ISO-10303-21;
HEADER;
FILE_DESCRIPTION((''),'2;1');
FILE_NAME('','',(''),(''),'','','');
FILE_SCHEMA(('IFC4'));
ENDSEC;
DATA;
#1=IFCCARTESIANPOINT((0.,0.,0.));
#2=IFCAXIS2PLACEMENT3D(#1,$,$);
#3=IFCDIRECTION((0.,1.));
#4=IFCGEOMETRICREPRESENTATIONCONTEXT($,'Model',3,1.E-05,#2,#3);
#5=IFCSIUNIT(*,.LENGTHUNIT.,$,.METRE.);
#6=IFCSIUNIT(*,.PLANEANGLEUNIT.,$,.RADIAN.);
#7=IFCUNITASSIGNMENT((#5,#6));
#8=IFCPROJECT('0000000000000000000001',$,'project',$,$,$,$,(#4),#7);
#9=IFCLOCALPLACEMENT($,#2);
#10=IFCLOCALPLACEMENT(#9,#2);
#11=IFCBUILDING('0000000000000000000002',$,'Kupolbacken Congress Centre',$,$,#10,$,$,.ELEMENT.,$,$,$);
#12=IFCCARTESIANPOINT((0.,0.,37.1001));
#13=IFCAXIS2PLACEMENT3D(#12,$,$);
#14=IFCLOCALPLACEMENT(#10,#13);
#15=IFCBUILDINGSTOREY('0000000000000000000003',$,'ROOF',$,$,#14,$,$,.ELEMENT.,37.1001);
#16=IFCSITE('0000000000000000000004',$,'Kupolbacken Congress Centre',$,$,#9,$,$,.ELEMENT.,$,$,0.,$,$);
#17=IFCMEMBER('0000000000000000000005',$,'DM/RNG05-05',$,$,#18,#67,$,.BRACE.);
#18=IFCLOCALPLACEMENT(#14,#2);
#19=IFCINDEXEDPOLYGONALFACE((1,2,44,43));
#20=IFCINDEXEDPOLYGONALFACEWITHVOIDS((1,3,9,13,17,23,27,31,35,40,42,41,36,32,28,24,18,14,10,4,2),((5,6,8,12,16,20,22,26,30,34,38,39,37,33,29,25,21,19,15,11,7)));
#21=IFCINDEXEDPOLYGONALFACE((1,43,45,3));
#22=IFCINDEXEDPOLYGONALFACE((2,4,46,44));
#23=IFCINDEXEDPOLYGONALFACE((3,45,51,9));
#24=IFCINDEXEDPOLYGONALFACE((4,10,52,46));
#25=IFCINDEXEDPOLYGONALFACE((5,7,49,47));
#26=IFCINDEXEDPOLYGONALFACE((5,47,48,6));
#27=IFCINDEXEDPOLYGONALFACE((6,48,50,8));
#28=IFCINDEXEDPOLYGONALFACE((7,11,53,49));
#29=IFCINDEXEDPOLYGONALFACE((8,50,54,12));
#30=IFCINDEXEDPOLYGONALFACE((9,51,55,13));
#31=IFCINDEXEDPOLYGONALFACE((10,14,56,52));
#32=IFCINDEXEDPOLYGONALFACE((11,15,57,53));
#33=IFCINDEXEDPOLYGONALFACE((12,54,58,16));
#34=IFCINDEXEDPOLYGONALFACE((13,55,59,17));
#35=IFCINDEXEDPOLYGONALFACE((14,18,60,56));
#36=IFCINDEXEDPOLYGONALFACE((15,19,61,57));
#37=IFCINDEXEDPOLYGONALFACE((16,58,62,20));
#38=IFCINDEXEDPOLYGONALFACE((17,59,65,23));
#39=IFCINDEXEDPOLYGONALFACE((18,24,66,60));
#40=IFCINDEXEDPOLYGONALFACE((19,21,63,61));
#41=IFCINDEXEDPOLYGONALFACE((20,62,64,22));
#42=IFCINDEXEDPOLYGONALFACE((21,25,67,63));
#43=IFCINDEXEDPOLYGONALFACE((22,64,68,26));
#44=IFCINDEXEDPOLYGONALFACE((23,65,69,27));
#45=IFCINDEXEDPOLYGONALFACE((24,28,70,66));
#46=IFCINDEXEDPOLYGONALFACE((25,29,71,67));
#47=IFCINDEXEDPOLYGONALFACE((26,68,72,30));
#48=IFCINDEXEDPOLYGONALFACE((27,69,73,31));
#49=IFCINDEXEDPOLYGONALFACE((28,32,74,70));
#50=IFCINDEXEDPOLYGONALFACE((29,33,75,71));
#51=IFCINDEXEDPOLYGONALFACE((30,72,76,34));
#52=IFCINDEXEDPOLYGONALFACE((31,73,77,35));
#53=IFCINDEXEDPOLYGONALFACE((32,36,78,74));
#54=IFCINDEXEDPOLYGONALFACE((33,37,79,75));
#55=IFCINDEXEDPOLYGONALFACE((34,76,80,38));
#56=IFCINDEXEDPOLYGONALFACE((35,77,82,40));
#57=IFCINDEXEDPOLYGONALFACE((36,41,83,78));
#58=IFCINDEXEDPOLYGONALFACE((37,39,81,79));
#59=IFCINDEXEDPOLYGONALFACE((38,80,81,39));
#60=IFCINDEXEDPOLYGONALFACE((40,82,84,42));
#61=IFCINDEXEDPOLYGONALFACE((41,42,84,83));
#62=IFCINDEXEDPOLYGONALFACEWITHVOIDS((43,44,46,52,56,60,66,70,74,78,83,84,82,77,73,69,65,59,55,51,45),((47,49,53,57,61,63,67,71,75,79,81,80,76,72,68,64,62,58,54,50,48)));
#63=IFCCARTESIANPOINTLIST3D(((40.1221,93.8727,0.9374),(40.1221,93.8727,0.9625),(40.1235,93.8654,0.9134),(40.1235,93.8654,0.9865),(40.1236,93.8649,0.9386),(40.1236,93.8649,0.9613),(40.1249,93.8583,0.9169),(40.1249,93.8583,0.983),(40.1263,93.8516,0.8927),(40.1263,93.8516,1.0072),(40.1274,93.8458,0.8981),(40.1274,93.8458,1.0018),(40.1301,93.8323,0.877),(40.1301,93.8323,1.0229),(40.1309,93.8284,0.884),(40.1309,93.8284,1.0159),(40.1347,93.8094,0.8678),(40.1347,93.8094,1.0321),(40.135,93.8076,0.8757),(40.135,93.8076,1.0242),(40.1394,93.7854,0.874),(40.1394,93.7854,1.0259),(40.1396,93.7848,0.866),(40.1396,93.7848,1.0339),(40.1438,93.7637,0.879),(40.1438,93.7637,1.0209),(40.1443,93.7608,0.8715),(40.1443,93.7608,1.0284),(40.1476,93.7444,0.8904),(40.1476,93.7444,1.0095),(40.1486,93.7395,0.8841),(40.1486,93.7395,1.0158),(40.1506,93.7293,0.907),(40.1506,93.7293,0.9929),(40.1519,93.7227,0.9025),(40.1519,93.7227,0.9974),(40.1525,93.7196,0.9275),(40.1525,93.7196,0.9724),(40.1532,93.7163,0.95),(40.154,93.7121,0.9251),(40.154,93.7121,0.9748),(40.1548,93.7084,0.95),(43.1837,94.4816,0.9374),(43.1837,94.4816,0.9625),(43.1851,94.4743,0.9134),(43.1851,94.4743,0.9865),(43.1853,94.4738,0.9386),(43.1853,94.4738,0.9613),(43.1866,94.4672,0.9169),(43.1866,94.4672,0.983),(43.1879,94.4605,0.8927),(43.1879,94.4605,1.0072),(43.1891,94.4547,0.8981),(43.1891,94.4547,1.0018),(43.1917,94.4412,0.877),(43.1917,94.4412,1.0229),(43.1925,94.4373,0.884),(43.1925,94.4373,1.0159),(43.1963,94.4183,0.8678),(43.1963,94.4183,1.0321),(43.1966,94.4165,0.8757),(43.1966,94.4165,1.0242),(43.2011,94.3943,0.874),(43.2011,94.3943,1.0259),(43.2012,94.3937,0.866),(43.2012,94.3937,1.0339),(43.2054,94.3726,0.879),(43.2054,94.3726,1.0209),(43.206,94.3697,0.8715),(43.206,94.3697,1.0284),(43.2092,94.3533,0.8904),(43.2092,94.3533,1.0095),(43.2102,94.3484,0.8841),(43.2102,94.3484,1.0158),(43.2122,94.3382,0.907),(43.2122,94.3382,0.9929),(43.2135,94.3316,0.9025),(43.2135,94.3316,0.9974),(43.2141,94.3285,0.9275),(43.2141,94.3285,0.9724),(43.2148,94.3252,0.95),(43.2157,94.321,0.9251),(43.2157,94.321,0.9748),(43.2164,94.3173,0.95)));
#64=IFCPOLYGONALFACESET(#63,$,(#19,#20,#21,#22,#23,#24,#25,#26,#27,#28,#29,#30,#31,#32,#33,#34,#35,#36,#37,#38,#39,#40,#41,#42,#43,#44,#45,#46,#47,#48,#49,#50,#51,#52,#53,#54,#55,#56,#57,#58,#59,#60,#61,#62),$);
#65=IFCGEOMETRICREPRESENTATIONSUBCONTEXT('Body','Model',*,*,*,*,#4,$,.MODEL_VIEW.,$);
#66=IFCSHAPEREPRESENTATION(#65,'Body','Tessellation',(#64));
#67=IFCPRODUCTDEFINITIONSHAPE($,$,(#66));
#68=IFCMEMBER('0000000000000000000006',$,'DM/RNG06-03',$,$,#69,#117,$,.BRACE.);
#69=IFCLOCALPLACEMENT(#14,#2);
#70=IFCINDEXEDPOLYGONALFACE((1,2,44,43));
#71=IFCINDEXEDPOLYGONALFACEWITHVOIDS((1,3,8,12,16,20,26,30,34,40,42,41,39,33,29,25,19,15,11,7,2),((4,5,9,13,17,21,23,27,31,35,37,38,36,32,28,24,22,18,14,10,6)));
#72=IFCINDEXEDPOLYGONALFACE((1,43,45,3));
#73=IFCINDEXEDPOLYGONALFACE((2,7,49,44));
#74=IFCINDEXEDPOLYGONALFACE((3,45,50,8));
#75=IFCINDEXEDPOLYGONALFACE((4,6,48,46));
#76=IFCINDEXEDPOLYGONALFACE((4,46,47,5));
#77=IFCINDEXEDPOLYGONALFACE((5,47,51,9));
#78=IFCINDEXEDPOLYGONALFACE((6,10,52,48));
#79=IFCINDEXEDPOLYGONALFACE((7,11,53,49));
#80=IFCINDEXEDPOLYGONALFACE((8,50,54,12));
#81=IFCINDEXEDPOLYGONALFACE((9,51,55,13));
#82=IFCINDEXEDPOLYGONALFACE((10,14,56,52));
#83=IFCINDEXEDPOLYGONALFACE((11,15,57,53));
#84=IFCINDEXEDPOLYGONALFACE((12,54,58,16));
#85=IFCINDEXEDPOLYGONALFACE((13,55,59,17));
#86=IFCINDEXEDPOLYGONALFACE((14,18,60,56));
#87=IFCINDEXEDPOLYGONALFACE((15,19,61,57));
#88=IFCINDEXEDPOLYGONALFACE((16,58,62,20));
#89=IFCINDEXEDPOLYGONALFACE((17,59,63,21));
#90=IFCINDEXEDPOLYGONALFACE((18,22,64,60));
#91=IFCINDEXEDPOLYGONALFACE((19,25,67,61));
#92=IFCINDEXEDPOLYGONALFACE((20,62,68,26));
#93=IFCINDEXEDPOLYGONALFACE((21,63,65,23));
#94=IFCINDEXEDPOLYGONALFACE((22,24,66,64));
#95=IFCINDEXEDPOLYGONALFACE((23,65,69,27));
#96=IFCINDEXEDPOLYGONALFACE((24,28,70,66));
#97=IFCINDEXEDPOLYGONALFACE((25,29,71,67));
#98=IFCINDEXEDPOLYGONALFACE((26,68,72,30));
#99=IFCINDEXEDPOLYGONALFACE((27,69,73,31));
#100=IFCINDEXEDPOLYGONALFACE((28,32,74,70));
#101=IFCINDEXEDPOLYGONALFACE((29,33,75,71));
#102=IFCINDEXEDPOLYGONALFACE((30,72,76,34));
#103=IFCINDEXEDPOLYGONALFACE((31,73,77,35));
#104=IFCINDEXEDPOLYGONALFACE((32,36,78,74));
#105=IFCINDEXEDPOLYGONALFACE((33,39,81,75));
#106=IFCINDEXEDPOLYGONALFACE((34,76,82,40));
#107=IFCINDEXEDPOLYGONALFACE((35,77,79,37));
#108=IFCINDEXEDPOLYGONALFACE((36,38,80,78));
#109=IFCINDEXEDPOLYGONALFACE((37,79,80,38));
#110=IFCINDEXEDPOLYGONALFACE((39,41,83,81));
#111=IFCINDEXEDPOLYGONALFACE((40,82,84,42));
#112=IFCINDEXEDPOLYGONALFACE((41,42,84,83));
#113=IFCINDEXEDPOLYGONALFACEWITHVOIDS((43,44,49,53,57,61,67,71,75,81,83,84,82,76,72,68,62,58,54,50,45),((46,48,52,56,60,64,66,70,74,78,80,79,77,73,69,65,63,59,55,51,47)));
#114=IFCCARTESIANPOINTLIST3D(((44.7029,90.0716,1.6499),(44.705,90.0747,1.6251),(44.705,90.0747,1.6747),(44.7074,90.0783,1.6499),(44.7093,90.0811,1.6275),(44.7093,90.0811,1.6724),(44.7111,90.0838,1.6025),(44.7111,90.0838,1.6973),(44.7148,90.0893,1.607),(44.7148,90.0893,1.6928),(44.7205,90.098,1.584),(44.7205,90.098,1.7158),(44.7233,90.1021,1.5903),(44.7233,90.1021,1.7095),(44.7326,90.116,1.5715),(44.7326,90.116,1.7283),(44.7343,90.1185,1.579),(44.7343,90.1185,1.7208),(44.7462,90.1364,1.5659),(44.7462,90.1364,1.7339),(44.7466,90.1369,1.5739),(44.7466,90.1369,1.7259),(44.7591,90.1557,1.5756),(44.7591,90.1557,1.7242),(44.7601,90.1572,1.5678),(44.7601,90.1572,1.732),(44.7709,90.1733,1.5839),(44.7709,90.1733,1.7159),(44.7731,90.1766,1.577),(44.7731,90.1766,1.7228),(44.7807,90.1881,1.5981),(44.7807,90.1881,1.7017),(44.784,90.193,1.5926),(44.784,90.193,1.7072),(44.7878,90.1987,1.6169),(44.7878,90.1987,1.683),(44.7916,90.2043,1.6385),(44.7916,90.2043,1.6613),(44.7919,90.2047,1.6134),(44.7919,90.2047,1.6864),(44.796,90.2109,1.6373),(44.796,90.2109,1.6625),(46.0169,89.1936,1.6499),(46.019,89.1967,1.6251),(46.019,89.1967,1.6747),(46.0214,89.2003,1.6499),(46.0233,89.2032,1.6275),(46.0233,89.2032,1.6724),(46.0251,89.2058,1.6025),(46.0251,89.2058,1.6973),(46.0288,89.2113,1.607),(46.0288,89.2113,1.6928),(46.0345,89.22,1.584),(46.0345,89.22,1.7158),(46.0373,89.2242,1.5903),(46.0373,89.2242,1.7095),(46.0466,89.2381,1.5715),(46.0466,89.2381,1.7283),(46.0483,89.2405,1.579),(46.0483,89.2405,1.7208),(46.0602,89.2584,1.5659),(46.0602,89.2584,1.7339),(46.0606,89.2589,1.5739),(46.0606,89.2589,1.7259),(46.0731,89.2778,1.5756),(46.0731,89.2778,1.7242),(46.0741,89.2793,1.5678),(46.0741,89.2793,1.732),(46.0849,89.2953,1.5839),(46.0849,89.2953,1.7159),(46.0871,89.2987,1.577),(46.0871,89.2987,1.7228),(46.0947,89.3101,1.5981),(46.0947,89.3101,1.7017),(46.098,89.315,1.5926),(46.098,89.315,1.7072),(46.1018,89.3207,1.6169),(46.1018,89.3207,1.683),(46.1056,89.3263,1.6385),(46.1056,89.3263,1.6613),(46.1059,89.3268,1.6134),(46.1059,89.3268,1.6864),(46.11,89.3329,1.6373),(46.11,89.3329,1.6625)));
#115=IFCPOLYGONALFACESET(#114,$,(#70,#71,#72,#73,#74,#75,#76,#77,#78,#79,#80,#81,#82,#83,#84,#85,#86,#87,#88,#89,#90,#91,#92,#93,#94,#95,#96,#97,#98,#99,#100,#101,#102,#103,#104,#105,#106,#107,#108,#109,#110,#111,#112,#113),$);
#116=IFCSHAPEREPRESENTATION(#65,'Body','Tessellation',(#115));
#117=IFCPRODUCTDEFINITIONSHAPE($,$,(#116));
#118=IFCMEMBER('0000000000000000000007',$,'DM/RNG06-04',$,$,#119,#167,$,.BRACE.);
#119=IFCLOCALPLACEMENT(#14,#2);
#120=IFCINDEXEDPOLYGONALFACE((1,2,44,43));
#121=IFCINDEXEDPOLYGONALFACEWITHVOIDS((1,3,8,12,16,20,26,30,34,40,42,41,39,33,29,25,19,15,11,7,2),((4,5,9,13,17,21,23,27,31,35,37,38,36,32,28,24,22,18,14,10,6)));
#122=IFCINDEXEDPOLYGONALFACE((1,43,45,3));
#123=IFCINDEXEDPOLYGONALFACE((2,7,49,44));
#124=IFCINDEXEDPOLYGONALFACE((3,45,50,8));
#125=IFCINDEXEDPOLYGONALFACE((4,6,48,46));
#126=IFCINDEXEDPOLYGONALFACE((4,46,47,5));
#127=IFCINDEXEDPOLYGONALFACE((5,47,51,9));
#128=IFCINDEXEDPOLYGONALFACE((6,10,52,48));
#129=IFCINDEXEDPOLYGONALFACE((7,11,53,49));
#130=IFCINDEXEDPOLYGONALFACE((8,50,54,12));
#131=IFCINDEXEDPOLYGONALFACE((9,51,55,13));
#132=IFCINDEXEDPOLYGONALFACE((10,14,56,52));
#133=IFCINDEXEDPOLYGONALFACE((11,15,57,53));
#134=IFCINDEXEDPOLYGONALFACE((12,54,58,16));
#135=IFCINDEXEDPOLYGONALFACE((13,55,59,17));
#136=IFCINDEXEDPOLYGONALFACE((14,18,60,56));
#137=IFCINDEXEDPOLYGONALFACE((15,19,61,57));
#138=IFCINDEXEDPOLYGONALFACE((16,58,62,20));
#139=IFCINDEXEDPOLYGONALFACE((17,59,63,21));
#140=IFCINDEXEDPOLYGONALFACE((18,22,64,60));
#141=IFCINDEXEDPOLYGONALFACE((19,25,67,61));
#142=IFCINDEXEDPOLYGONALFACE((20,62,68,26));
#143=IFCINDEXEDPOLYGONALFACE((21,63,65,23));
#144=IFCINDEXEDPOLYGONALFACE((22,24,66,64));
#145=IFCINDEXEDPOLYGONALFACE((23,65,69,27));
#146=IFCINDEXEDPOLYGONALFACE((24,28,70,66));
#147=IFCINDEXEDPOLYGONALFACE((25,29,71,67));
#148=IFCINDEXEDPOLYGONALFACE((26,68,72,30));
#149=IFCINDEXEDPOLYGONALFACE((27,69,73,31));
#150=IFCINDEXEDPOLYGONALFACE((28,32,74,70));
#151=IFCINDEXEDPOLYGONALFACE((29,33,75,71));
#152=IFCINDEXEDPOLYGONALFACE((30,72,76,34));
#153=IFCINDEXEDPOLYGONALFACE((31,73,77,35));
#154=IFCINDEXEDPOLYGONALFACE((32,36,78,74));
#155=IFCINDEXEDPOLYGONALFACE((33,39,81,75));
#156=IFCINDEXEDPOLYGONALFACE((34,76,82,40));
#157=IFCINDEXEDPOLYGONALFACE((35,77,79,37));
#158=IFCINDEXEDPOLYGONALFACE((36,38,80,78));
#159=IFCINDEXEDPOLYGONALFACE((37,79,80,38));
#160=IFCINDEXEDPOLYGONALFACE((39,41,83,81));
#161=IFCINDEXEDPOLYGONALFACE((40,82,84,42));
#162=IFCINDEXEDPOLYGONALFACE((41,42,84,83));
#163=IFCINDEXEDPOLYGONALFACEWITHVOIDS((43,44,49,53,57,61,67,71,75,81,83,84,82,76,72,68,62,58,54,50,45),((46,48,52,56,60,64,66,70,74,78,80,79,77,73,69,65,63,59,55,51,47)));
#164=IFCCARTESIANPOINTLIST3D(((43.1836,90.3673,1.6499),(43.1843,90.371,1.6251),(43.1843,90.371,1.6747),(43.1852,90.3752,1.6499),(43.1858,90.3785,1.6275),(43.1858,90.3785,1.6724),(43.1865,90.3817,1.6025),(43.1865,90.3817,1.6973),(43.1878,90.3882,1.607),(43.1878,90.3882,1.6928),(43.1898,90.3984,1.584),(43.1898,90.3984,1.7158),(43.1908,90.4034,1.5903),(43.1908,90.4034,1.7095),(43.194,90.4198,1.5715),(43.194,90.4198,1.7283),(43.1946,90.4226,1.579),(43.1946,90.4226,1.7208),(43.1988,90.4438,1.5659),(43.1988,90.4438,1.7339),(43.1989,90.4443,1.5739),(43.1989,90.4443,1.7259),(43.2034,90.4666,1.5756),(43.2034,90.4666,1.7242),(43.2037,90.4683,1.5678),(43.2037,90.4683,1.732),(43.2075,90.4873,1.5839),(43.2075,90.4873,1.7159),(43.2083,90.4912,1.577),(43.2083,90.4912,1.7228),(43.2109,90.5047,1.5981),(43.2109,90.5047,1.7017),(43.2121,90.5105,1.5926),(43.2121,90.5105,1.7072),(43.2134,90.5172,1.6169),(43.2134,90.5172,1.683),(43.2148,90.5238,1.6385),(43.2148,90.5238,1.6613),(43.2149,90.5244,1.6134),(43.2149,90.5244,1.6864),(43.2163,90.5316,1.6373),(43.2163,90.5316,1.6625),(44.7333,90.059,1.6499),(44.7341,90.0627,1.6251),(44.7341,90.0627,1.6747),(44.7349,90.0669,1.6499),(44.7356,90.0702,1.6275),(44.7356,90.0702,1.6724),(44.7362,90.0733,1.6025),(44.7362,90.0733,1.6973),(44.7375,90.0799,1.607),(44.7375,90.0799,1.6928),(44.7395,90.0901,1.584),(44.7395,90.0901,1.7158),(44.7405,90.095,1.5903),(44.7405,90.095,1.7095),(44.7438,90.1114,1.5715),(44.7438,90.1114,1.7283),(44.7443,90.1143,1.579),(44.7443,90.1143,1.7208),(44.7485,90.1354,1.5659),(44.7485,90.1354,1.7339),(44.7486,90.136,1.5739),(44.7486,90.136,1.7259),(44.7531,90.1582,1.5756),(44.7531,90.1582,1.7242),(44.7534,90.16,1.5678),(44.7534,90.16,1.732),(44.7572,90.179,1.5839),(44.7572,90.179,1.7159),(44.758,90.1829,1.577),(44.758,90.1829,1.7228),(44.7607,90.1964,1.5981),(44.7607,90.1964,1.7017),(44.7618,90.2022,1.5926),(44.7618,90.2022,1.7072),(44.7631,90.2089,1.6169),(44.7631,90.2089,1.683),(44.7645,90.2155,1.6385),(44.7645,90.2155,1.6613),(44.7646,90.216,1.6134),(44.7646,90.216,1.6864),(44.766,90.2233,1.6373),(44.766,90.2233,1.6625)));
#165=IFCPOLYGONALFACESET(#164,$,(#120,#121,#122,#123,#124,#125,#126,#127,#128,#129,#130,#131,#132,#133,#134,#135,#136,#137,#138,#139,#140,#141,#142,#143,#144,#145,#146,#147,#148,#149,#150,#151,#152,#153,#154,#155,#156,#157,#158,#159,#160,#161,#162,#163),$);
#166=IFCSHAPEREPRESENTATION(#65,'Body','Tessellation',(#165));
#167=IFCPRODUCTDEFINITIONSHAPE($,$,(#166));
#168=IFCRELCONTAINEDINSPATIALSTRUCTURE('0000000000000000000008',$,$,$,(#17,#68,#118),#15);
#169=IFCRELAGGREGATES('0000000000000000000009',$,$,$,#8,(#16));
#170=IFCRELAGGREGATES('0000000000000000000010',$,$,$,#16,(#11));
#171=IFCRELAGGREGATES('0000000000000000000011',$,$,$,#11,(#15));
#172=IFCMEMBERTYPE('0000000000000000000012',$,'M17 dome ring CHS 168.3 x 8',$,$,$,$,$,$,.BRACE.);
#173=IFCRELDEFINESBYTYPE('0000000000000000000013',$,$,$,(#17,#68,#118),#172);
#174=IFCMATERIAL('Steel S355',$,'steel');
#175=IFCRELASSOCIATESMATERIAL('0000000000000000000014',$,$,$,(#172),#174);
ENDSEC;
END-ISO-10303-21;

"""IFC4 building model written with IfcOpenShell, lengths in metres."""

from ifc_helpers import new_model, si_unit, direction, frame, origin, origin_2d, place, context, subcontext, project, spatial, hollow_circle, extrude, material, material_profile, profile_set, type_object, element, save


model = new_model("IFC4")

# Units and contexts
model_context = context("Model", 3, precision=1e-05, world=origin(), true_north=direction((0.0, 1.0)))
body_context = subcontext(model_context, "Body", "Model", "MODEL_VIEW")
ifc_project = project(units=[si_unit("LENGTHUNIT", "METRE"), si_unit("PLANEANGLEUNIT", "RADIAN")], contexts=[model_context])

# Site, building, storey
site_placement = place(None, origin())
site = spatial("IfcSite", under=ifc_project, at=site_placement, Name="Kupolbacken Congress Centre", CompositionType="ELEMENT", RefElevation=0.0)
building_placement = place(site_placement, origin())
building = spatial("IfcBuilding", under=site, at=building_placement, Name="Kupolbacken Congress Centre", CompositionType="ELEMENT")
storey_placement = place(building_placement, frame((0.0, 0.0, 37.1001)))
storey = spatial("IfcBuildingStorey", under=building, at=storey_placement, Name="ROOF", CompositionType="ELEMENT", Elevation=37.1001)

# Members
ifc_material_1 = material(Name="Steel S355", Category="steel")
ifc_material_profile_1 = material_profile(ifc_material_1, hollow_circle(Radius=0.0842, WallThickness=0.0081, at=origin_2d()), Name="CHS 168.3 x 8")
ifc_profile_set_1 = profile_set([ifc_material_profile_1], Name="Steel S355")
member_type_1 = type_object("IfcMemberType", Name="M17 dome ring CHS 168.3 x 8", PredefinedType="BRACE", material=ifc_profile_set_1)
for number, where, z_axis, x_axis, name in (
    (1, (43.2, 94.3999, 0.95), (-0.980791, -0.195063, 0.0), (0.195063, -0.980791, 0.0), "DM/RNG05-05"),
):
    element("IfcMember", number, at=place(storey_placement, frame(where, z_axis=z_axis, x_axis=x_axis)), inside=storey, type_object=member_type_1, Name=name, PredefinedType="BRACE", context=body_context, shape_type="SweptSolid", body=[
        extrude(hollow_circle(Radius=0.0842, WallThickness=0.0081, at=origin_2d()), origin(), (0.0, 0.0, 1.0), 3.1216),
    ])
member_1_placement = place(storey_placement, frame((46.0637, 89.2637, 1.6499), z_axis=(-0.831479, 0.555556, 0.0), x_axis=(-0.555556, -0.831479, 0.0)))
element("IfcMember", 2, at=member_1_placement, inside=storey, type_object=member_type_1, Name="DM/RNG06-03", PredefinedType="BRACE", context=body_context, shape_type="SweptSolid", body=[
    extrude(hollow_circle(Radius=0.0842, WallThickness=0.0081, at=origin_2d()), origin(), (0.0, 0.0, 1.0), 1.5803),
])
for number, where, z_axis, x_axis, name in (
    (3, (44.7498, 90.1416, 1.6499), (-0.980776, 0.195136, 0.0), (-0.195136, -0.980776, 0.0), "DM/RNG06-04"),
):
    element("IfcMember", number, at=place(storey_placement, frame(where, z_axis=z_axis, x_axis=x_axis)), inside=storey, type_object=member_type_1, Name=name, PredefinedType="BRACE", context=body_context, shape_type="SweptSolid", body=[
        extrude(hollow_circle(Radius=0.0842, WallThickness=0.0081, at=origin_2d()), origin(), (0.0, 0.0, 1.0), 1.5801),
    ])

save(model, "model.ifc")
